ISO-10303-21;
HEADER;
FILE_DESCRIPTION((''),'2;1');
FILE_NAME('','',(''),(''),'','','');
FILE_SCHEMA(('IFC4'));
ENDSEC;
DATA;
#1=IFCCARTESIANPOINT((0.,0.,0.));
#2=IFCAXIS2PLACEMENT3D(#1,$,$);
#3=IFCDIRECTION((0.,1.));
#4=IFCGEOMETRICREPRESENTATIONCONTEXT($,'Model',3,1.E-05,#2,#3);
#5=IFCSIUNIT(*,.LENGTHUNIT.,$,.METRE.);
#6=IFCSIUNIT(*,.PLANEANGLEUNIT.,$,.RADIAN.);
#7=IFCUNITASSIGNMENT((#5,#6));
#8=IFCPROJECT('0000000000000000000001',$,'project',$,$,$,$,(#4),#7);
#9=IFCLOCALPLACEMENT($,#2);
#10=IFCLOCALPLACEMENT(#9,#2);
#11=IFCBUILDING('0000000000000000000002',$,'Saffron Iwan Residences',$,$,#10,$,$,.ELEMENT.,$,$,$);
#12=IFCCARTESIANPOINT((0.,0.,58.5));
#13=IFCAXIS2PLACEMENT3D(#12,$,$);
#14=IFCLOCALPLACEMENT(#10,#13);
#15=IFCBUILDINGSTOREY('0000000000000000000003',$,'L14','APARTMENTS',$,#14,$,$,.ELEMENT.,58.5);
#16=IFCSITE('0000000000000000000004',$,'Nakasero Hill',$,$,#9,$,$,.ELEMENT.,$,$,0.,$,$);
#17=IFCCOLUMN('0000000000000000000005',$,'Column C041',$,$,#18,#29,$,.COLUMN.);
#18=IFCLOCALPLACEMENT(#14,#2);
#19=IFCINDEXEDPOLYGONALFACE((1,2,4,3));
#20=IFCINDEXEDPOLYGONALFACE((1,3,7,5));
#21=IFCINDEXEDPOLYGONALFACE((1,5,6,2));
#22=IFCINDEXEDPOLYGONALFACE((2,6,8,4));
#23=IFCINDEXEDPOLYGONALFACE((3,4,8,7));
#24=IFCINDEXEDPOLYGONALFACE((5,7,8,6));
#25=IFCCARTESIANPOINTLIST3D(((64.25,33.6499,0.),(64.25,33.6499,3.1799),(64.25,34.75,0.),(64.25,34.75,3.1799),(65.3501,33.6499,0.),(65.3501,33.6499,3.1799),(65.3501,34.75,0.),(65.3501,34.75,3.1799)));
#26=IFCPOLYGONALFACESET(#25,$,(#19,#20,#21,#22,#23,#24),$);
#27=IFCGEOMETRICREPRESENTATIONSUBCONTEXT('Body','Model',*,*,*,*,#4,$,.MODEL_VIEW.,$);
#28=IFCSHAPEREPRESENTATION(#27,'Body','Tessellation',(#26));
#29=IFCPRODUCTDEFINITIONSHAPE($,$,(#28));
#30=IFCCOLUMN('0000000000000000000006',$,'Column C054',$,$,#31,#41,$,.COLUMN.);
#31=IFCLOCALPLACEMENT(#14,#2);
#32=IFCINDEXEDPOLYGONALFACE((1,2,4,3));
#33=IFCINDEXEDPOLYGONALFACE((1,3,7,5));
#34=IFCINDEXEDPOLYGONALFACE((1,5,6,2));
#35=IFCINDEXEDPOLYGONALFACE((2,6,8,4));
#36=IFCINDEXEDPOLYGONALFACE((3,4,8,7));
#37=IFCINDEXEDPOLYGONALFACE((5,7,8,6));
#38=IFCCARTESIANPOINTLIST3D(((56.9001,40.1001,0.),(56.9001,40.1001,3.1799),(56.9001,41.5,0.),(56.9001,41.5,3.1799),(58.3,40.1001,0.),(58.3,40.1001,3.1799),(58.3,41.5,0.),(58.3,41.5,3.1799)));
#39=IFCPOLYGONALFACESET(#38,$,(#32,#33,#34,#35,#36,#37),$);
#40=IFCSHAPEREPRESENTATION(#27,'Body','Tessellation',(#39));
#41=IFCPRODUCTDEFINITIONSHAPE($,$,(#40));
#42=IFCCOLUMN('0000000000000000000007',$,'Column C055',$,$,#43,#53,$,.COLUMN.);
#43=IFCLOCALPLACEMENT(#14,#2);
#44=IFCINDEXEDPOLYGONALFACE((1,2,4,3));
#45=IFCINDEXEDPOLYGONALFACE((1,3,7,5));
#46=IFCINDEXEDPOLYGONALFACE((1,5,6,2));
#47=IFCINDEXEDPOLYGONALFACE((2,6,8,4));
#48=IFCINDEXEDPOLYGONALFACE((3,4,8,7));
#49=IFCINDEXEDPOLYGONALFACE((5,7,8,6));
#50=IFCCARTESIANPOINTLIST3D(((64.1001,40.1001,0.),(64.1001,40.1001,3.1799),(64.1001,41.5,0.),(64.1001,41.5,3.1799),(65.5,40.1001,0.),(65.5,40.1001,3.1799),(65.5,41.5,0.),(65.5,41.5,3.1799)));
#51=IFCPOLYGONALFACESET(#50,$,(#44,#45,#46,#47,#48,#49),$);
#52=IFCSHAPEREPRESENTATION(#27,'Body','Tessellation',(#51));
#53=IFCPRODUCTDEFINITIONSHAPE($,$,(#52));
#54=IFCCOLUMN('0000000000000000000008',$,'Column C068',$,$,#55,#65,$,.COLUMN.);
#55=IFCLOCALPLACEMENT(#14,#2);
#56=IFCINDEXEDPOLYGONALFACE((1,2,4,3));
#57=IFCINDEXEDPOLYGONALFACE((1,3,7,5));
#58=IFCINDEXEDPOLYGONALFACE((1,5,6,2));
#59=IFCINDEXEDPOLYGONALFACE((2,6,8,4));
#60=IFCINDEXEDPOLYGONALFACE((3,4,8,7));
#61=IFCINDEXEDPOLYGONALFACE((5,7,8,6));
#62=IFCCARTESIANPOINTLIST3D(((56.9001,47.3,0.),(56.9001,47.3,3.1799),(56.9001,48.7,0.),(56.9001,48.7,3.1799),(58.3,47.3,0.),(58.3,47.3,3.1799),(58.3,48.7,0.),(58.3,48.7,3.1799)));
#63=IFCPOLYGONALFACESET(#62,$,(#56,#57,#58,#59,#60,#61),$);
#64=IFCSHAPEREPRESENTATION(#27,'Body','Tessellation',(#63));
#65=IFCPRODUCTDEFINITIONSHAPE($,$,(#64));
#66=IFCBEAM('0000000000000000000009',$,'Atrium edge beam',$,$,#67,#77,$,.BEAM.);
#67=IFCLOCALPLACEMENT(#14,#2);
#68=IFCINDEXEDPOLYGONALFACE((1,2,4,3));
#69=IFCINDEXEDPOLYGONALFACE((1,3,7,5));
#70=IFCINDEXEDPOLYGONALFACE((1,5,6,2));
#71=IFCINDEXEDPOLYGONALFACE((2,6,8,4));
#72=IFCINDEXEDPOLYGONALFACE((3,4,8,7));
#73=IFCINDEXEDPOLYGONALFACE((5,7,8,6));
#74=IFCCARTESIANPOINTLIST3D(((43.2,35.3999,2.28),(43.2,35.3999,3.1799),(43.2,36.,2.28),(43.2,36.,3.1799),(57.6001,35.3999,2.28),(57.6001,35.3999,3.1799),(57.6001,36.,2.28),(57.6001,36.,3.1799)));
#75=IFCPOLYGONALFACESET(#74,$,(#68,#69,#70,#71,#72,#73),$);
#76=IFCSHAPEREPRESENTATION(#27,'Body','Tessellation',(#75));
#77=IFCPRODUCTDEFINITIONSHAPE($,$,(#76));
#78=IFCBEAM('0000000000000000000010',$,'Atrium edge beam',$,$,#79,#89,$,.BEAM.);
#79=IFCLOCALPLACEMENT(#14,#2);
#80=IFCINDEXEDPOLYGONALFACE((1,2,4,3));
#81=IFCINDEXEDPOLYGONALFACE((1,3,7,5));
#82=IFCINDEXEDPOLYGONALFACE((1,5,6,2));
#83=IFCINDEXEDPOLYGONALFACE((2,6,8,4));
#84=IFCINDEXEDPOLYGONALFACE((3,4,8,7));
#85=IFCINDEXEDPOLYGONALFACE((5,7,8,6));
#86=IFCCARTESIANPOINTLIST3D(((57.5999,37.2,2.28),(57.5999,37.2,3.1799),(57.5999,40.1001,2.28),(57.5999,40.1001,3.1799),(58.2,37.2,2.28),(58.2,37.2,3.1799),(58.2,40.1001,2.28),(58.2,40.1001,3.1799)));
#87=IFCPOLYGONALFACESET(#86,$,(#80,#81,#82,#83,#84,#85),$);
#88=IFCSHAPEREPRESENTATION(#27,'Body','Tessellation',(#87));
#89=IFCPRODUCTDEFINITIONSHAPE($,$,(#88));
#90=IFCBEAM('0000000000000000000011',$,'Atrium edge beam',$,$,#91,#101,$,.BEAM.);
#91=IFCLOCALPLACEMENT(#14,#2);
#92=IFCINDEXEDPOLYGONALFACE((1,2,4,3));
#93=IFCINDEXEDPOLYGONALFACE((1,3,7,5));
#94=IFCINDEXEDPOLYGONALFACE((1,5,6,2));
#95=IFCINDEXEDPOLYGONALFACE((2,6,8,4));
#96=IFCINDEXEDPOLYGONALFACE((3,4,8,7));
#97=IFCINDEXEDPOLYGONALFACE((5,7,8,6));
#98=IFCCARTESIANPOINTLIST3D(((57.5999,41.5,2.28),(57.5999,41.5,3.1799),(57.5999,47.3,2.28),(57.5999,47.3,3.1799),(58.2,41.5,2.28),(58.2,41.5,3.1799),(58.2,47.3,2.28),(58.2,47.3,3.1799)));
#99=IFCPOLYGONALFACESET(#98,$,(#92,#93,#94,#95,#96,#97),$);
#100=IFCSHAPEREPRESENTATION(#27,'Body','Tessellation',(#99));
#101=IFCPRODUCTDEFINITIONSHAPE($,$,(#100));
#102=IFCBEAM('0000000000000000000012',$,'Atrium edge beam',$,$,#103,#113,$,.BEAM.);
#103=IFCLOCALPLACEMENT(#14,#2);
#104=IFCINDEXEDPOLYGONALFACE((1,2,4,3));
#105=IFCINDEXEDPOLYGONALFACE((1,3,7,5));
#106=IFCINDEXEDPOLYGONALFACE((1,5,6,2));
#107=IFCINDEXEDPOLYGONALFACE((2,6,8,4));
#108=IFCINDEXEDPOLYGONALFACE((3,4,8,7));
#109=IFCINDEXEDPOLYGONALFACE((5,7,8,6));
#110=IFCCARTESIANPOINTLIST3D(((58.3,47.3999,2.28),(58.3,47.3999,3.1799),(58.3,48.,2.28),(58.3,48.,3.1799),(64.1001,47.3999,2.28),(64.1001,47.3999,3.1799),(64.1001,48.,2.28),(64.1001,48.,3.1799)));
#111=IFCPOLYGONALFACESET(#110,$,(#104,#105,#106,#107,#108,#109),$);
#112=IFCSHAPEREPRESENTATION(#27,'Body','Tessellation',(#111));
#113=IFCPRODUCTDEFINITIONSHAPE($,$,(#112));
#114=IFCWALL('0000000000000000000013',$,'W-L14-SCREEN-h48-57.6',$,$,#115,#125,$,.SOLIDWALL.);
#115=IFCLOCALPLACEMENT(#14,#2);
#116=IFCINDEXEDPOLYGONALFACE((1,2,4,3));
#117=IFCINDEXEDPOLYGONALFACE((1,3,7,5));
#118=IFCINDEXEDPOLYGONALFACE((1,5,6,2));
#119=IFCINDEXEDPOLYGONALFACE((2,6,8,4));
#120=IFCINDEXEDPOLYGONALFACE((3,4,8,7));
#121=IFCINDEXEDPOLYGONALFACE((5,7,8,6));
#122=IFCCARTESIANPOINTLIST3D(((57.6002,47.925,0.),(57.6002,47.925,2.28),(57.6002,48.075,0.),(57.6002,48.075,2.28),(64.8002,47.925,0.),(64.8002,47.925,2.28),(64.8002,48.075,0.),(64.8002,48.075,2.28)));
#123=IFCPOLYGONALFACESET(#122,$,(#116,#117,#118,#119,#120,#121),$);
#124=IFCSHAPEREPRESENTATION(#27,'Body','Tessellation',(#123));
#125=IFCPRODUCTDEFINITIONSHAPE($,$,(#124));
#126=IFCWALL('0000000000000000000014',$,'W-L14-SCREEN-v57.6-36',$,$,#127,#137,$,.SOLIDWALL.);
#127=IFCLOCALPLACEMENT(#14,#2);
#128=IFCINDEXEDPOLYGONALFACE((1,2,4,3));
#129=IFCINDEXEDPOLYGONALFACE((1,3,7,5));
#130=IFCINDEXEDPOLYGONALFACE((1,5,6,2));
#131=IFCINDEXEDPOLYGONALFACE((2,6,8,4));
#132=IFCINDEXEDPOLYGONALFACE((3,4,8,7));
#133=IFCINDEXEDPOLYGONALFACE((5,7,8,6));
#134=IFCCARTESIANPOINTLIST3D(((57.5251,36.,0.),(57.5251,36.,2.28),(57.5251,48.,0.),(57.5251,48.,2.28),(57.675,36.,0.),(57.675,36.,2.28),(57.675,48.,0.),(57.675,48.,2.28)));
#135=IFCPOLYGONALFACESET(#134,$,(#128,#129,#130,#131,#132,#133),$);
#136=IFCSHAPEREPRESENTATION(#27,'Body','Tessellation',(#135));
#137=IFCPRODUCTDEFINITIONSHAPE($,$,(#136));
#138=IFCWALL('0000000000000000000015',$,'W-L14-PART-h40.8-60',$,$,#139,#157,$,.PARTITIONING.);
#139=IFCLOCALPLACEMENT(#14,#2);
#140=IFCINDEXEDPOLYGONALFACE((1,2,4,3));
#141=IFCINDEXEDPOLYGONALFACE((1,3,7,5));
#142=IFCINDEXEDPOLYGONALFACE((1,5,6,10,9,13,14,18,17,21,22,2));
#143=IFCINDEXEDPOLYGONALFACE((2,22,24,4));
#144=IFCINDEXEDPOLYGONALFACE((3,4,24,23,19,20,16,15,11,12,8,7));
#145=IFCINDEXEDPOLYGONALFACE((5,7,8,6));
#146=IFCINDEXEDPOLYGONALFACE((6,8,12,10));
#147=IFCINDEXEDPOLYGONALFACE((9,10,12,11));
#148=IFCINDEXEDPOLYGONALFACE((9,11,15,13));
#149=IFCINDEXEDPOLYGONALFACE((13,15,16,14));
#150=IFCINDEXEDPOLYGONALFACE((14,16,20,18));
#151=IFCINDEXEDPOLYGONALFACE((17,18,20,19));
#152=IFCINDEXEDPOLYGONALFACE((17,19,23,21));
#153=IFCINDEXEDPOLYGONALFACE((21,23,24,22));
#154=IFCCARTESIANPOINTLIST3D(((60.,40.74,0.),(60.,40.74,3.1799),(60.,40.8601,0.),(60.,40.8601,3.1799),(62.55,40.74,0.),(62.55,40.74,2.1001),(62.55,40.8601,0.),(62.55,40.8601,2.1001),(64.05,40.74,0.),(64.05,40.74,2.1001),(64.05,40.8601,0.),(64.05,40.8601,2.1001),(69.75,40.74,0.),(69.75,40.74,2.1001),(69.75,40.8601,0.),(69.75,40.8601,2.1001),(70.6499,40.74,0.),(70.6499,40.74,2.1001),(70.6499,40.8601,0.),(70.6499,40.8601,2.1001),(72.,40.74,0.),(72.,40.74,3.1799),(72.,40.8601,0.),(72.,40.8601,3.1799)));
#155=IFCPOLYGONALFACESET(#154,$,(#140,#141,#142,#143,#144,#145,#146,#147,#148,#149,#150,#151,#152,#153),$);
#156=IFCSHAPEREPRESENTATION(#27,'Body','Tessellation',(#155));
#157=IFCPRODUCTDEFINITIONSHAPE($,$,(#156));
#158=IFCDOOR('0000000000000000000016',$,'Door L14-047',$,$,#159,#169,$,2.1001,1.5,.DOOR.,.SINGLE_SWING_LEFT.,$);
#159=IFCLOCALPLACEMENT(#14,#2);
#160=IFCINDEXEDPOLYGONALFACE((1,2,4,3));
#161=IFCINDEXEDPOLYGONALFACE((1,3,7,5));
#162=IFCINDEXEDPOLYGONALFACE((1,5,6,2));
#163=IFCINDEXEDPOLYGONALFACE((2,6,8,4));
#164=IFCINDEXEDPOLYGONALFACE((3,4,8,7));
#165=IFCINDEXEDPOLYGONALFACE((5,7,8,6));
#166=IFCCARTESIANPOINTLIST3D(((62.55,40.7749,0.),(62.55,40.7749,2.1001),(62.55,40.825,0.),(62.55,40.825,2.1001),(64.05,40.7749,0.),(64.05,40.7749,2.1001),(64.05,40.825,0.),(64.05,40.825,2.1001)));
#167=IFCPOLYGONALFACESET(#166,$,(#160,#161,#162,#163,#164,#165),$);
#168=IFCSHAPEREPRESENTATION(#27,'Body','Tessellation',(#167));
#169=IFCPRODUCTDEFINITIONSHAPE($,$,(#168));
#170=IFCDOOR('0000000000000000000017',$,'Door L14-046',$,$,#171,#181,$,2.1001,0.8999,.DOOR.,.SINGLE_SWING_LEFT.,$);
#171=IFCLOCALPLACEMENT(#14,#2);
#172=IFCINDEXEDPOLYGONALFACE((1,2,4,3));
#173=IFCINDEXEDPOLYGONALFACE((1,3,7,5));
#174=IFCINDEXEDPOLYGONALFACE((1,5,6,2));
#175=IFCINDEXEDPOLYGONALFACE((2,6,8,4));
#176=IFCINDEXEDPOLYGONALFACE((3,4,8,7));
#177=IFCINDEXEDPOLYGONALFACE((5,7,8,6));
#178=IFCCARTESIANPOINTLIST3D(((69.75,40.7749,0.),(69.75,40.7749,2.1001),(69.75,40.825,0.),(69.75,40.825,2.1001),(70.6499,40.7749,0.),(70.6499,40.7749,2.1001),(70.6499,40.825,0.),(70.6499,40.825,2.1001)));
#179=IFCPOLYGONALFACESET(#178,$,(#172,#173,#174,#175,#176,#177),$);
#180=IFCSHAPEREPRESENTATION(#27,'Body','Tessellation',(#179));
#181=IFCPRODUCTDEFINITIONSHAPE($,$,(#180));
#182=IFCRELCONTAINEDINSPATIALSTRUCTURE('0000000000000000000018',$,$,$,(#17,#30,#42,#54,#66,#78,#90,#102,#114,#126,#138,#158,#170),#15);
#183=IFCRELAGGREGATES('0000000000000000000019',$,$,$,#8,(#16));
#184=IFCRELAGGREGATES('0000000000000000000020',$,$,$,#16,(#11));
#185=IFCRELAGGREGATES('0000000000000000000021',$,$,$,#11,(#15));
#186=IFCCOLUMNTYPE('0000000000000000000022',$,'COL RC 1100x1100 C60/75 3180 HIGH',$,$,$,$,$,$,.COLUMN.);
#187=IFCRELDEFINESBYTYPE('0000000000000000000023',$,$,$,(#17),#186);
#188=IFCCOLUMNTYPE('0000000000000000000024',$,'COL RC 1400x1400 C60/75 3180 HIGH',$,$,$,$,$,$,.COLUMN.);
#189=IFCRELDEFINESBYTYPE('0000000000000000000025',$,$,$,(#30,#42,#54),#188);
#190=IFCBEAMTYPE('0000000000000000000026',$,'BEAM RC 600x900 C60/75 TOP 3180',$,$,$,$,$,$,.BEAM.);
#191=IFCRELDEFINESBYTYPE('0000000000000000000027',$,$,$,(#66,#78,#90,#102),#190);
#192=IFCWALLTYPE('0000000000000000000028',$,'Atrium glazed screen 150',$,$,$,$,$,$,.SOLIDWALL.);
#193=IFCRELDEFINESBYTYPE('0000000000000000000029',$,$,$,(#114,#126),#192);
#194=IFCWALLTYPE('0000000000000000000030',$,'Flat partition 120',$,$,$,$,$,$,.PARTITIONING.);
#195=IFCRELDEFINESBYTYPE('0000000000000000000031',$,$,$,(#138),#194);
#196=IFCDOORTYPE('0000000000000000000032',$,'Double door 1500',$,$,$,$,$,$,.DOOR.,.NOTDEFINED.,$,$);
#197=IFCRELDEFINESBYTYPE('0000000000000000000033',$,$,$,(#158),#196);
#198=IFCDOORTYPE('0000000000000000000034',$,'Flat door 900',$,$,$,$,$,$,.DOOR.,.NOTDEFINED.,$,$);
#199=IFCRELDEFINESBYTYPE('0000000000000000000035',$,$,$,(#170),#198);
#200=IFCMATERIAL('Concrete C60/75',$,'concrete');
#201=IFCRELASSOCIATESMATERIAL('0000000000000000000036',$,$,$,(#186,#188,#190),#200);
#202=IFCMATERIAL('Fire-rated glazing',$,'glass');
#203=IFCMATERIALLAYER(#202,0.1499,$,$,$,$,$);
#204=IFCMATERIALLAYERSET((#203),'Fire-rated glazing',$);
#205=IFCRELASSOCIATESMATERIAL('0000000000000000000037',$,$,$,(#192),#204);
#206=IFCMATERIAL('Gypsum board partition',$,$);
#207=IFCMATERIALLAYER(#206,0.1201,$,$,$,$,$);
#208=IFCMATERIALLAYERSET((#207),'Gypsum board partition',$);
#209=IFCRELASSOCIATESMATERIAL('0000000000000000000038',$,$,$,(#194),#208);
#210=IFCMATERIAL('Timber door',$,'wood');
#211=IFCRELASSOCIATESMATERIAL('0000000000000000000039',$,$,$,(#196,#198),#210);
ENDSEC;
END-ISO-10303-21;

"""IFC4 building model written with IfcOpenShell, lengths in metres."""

from ifc_helpers import new_model, si_unit, direction, frame, frame_2d, origin, origin_2d, place, context, subcontext, project, spatial, rectangle, extrude, source, transform, mapped, material, layer, layer_set, material_profile, profile_set, type_object, element, fill, save


model = new_model("IFC4")

# Units and contexts
model_context = context("Model", 3, precision=1e-05, world=origin(), true_north=direction((0.0, 1.0)))
body_context = subcontext(model_context, "Body", "Model", "MODEL_VIEW")
ifc_project = project(units=[si_unit("LENGTHUNIT", "METRE"), si_unit("PLANEANGLEUNIT", "RADIAN")], contexts=[model_context])

# Site, building, storey
site_placement = place(None, origin())
site = spatial("IfcSite", under=ifc_project, at=site_placement, Name="Nakasero Hill", CompositionType="ELEMENT", RefElevation=0.0)
building_placement = place(site_placement, origin())
building = spatial("IfcBuilding", under=site, at=building_placement, Name="Saffron Iwan Residences", CompositionType="ELEMENT")
storey_placement = place(building_placement, frame((0.0, 0.0, 58.5)))
storey = spatial("IfcBuildingStorey", under=building, at=storey_placement, Name="L14", Description="APARTMENTS", CompositionType="ELEMENT", Elevation=58.5)

# Columns
ifc_material_1 = material(Name="Concrete C60/75", Category="concrete")
ifc_material_profile_1 = material_profile(ifc_material_1, rectangle(XDim=1.1001, YDim=1.1001, at=origin_2d()), Name="RC 1100x1100")
ifc_profile_set_1 = profile_set([ifc_material_profile_1], Name="Concrete C60/75")
column_type_1 = type_object("IfcColumnType", Name="COL RC 1100x1100 C60/75 3180 HIGH", PredefinedType="COLUMN", material=ifc_profile_set_1)
shared_shape_1 = source(origin(), body_context, "Body", "SweptSolid", [
    extrude(rectangle(XDim=1.1001, YDim=1.1001, at=origin_2d()), origin(), (0.0, 0.0, 1.0), 3.1799),
])
column_placement = place(storey_placement, frame((64.8, 34.2, 0.0), z_axis=(0.0, 0.0, 1.0), x_axis=(1.0, 0.0, 0.0)))
element("IfcColumn", 1, at=column_placement, inside=storey, type_object=column_type_1, Name="Column C041", PredefinedType="COLUMN", context=body_context, shape_type="MappedRepresentation", body=[
    mapped(shared_shape_1, transform((0.0, 0.0, 0.0))),
])
ifc_material_profile_2 = material_profile(ifc_material_1, rectangle(XDim=1.3999, YDim=1.3999, at=origin_2d()), Name="RC 1400x1400")
ifc_profile_set_2 = profile_set([ifc_material_profile_2], Name="Concrete C60/75")
column_type_2 = type_object("IfcColumnType", Name="COL RC 1400x1400 C60/75 3180 HIGH", PredefinedType="COLUMN", material=ifc_profile_set_2)
shared_shape_2 = source(origin(), body_context, "Body", "SweptSolid", [
    extrude(rectangle(XDim=1.3999, YDim=1.3999, at=origin_2d()), origin(), (0.0, 0.0, 1.0), 3.1799),
])
for number, where, z_axis, x_axis, name in (
    (2, (57.6001, 40.8, 0.0), (0.0, 0.0, 1.0), (1.0, 0.0, 0.0), "Column C054"),
    (3, (64.8, 40.8, 0.0), (0.0, 0.0, 1.0), (1.0, 0.0, 0.0), "Column C055"),
    (4, (57.6001, 48.0, 0.0), (0.0, 0.0, 1.0), (1.0, 0.0, 0.0), "Column C068"),
):
    element("IfcColumn", number, at=place(storey_placement, frame(where, z_axis=z_axis, x_axis=x_axis)), inside=storey, type_object=column_type_2, Name=name, PredefinedType="COLUMN", context=body_context, shape_type="MappedRepresentation", body=[
        mapped(shared_shape_2, transform((0.0, 0.0, 0.0))),
    ])

# Beams
ifc_material_profile_3 = material_profile(ifc_material_1, rectangle(XDim=0.6001, YDim=0.8999, at=origin_2d()), Name="RC 600x900")
ifc_profile_set_3 = profile_set([ifc_material_profile_3], Name="Concrete C60/75")
beam_type = type_object("IfcBeamType", Name="BEAM RC 600x900 C60/75 TOP 3180", PredefinedType="BEAM", material=ifc_profile_set_3)
shared_shape_3 = source(origin(), body_context, "Body", "SweptSolid", [
    extrude(rectangle(XDim=0.6001, YDim=0.8999, at=origin_2d()), origin(), (0.0, 0.0, 1.0), 14.4001),
])
beam_1_placement = place(storey_placement, frame((57.6001, 35.7, 2.73), z_axis=(-1.0, 0.0, 0.0), x_axis=(0.0, -1.0, 0.0)))
element("IfcBeam", 5, at=beam_1_placement, inside=storey, type_object=beam_type, Name="Atrium edge beam", PredefinedType="BEAM", context=body_context, shape_type="MappedRepresentation", body=[
    mapped(shared_shape_3, transform((0.0, 0.0, 0.0))),
])
shared_shape_4 = source(origin(), body_context, "Body", "SweptSolid", [
    extrude(rectangle(XDim=0.6001, YDim=0.8999, at=origin_2d()), origin(), (0.0, 0.0, 1.0), 2.9001),
])
beam_2_placement = place(storey_placement, frame((57.8999, 40.1001, 2.73), z_axis=(0.0, -1.0, 0.0), x_axis=(1.0, 0.0, 0.0)))
element("IfcBeam", 6, at=beam_2_placement, inside=storey, type_object=beam_type, Name="Atrium edge beam", PredefinedType="BEAM", context=body_context, shape_type="MappedRepresentation", body=[
    mapped(shared_shape_4, transform((0.0, 0.0, 0.0))),
])
shared_shape_5 = source(origin(), body_context, "Body", "SweptSolid", [
    extrude(rectangle(XDim=0.6001, YDim=0.8999, at=origin_2d()), origin(), (0.0, 0.0, 1.0), 5.8),
])
for number, where, z_axis, x_axis, name in (
    (7, (57.8999, 47.3, 2.73), (0.0, -1.0, 0.0), (1.0, 0.0, 0.0), "Atrium edge beam"),
    (8, (64.1001, 47.7, 2.73), (-1.0, 0.0, 0.0), (0.0, -1.0, 0.0), "Atrium edge beam"),
):
    element("IfcBeam", number, at=place(storey_placement, frame(where, z_axis=z_axis, x_axis=x_axis)), inside=storey, type_object=beam_type, Name=name, PredefinedType="BEAM", context=body_context, shape_type="MappedRepresentation", body=[
        mapped(shared_shape_5, transform((0.0, 0.0, 0.0))),
    ])

# Walls
ifc_material_2 = material(Name="Fire-rated glazing", Category="glass")
ifc_layer_1 = layer(ifc_material_2, 0.1499)
ifc_layer_set_1 = layer_set([ifc_layer_1], Name="Fire-rated glazing")
wall_type_1 = type_object("IfcWallType", Name="Atrium glazed screen 150", PredefinedType="SOLIDWALL", material=ifc_layer_set_1)
wall_1_placement = place(storey_placement, frame((57.6001, 48.0, 0.0), z_axis=(0.0, 0.0, 1.0), x_axis=(1.0, 0.0, 0.0)))
element("IfcWall", 9, at=wall_1_placement, inside=storey, type_object=wall_type_1, Name="W-L14-SCREEN-h48-57.6", PredefinedType="SOLIDWALL", context=body_context, shape_type="SweptSolid", body=[
    extrude(rectangle(XDim=7.2, YDim=0.1499, at=frame_2d((3.6001, 0.0))), origin(), (0.0, 0.0, 1.0), 2.28),
])
wall_2_placement = place(storey_placement, frame((57.6001, 36.0, 0.0), z_axis=(0.0, 0.0, 1.0), x_axis=(0.0, 1.0, 0.0)))
element("IfcWall", 10, at=wall_2_placement, inside=storey, type_object=wall_type_1, Name="W-L14-SCREEN-v57.6-36", PredefinedType="SOLIDWALL", context=body_context, shape_type="SweptSolid", body=[
    extrude(rectangle(XDim=12.0, YDim=0.1499, at=frame_2d((6.0, 0.0))), origin(), (0.0, 0.0, 1.0), 2.28),
])

# Wall, openings, doors
ifc_material_3 = material(Name="Gypsum board partition")
ifc_layer_2 = layer(ifc_material_3, 0.1201)
ifc_layer_set_2 = layer_set([ifc_layer_2], Name="Gypsum board partition")
wall_type_2 = type_object("IfcWallType", Name="Flat partition 120", PredefinedType="PARTITIONING", material=ifc_layer_set_2)
wall_3_placement = place(storey_placement, frame((60.0, 40.8, 0.0), z_axis=(0.0, 0.0, 1.0), x_axis=(1.0, 0.0, 0.0)))
wall_3 = element("IfcWall", 11, at=wall_3_placement, inside=storey, type_object=wall_type_2, Name="W-L14-PART-h40.8-60", PredefinedType="PARTITIONING", context=body_context, shape_type="SweptSolid", body=[
    extrude(rectangle(XDim=12.0, YDim=0.1201, at=frame_2d((6.0, 0.0))), origin(), (0.0, 0.0, 1.0), 3.1799),
])
opening_1_placement = place(wall_3_placement, frame((9.75, 0.0, 0.0)))
opening_1 = element("IfcOpeningElement", 12, at=opening_1_placement, cuts=wall_3, PredefinedType="OPENING", context=body_context, shape_type="SweptSolid", body=[
    extrude(rectangle(XDim=0.8999, YDim=2.1001, at=frame_2d((0.45, 1.05))), frame((0.0, 0.0701, 0.0), z_axis=(0.0, -1.0, 0.0), x_axis=(1.0, 0.0, 0.0)), (0.0, 0.0, 1.0), 0.1401),
])
opening_2_placement = place(wall_3_placement, frame((2.55, 0.0, 0.0)))
opening_2 = element("IfcOpeningElement", 13, at=opening_2_placement, cuts=wall_3, PredefinedType="OPENING", context=body_context, shape_type="SweptSolid", body=[
    extrude(rectangle(XDim=1.5, YDim=2.1001, at=frame_2d((0.75, 1.05))), frame((0.0, 0.0701, 0.0), z_axis=(0.0, -1.0, 0.0), x_axis=(1.0, 0.0, 0.0)), (0.0, 0.0, 1.0), 0.1401),
])
ifc_material_4 = material(Name="Timber door", Category="wood")
door_type_1 = type_object("IfcDoorType", Name="Double door 1500", OperationType="NOTDEFINED", PredefinedType="DOOR", material=ifc_material_4)
door_1_placement = place(opening_2_placement, origin())
door_1 = element("IfcDoor", 14, at=door_1_placement, inside=storey, type_object=door_type_1, Name="Door L14-047", OperationType="SINGLE_SWING_LEFT", OverallHeight=2.1001, OverallWidth=1.5, PredefinedType="DOOR", context=body_context, shape_type="SweptSolid", body=[
    extrude(rectangle(XDim=1.5, YDim=2.1001, at=frame_2d((0.75, 1.05))), frame((0.0, 0.0249, 0.0), z_axis=(0.0, -1.0, 0.0), x_axis=(1.0, 0.0, 0.0)), (0.0, 0.0, 1.0), 0.05),
])
fill(opening_2, door_1)
door_type_2 = type_object("IfcDoorType", Name="Flat door 900", OperationType="NOTDEFINED", PredefinedType="DOOR", material=ifc_material_4)
door_2_placement = place(opening_1_placement, origin())
door_2 = element("IfcDoor", 15, at=door_2_placement, inside=storey, type_object=door_type_2, Name="Door L14-046", OperationType="SINGLE_SWING_LEFT", OverallHeight=2.1001, OverallWidth=0.8999, PredefinedType="DOOR", context=body_context, shape_type="SweptSolid", body=[
    extrude(rectangle(XDim=0.8999, YDim=2.1001, at=frame_2d((0.45, 1.05))), frame((0.0, 0.0249, 0.0), z_axis=(0.0, -1.0, 0.0), x_axis=(1.0, 0.0, 0.0)), (0.0, 0.0, 1.0), 0.05),
])
fill(opening_1, door_2)

save(model, "model.ifc")
